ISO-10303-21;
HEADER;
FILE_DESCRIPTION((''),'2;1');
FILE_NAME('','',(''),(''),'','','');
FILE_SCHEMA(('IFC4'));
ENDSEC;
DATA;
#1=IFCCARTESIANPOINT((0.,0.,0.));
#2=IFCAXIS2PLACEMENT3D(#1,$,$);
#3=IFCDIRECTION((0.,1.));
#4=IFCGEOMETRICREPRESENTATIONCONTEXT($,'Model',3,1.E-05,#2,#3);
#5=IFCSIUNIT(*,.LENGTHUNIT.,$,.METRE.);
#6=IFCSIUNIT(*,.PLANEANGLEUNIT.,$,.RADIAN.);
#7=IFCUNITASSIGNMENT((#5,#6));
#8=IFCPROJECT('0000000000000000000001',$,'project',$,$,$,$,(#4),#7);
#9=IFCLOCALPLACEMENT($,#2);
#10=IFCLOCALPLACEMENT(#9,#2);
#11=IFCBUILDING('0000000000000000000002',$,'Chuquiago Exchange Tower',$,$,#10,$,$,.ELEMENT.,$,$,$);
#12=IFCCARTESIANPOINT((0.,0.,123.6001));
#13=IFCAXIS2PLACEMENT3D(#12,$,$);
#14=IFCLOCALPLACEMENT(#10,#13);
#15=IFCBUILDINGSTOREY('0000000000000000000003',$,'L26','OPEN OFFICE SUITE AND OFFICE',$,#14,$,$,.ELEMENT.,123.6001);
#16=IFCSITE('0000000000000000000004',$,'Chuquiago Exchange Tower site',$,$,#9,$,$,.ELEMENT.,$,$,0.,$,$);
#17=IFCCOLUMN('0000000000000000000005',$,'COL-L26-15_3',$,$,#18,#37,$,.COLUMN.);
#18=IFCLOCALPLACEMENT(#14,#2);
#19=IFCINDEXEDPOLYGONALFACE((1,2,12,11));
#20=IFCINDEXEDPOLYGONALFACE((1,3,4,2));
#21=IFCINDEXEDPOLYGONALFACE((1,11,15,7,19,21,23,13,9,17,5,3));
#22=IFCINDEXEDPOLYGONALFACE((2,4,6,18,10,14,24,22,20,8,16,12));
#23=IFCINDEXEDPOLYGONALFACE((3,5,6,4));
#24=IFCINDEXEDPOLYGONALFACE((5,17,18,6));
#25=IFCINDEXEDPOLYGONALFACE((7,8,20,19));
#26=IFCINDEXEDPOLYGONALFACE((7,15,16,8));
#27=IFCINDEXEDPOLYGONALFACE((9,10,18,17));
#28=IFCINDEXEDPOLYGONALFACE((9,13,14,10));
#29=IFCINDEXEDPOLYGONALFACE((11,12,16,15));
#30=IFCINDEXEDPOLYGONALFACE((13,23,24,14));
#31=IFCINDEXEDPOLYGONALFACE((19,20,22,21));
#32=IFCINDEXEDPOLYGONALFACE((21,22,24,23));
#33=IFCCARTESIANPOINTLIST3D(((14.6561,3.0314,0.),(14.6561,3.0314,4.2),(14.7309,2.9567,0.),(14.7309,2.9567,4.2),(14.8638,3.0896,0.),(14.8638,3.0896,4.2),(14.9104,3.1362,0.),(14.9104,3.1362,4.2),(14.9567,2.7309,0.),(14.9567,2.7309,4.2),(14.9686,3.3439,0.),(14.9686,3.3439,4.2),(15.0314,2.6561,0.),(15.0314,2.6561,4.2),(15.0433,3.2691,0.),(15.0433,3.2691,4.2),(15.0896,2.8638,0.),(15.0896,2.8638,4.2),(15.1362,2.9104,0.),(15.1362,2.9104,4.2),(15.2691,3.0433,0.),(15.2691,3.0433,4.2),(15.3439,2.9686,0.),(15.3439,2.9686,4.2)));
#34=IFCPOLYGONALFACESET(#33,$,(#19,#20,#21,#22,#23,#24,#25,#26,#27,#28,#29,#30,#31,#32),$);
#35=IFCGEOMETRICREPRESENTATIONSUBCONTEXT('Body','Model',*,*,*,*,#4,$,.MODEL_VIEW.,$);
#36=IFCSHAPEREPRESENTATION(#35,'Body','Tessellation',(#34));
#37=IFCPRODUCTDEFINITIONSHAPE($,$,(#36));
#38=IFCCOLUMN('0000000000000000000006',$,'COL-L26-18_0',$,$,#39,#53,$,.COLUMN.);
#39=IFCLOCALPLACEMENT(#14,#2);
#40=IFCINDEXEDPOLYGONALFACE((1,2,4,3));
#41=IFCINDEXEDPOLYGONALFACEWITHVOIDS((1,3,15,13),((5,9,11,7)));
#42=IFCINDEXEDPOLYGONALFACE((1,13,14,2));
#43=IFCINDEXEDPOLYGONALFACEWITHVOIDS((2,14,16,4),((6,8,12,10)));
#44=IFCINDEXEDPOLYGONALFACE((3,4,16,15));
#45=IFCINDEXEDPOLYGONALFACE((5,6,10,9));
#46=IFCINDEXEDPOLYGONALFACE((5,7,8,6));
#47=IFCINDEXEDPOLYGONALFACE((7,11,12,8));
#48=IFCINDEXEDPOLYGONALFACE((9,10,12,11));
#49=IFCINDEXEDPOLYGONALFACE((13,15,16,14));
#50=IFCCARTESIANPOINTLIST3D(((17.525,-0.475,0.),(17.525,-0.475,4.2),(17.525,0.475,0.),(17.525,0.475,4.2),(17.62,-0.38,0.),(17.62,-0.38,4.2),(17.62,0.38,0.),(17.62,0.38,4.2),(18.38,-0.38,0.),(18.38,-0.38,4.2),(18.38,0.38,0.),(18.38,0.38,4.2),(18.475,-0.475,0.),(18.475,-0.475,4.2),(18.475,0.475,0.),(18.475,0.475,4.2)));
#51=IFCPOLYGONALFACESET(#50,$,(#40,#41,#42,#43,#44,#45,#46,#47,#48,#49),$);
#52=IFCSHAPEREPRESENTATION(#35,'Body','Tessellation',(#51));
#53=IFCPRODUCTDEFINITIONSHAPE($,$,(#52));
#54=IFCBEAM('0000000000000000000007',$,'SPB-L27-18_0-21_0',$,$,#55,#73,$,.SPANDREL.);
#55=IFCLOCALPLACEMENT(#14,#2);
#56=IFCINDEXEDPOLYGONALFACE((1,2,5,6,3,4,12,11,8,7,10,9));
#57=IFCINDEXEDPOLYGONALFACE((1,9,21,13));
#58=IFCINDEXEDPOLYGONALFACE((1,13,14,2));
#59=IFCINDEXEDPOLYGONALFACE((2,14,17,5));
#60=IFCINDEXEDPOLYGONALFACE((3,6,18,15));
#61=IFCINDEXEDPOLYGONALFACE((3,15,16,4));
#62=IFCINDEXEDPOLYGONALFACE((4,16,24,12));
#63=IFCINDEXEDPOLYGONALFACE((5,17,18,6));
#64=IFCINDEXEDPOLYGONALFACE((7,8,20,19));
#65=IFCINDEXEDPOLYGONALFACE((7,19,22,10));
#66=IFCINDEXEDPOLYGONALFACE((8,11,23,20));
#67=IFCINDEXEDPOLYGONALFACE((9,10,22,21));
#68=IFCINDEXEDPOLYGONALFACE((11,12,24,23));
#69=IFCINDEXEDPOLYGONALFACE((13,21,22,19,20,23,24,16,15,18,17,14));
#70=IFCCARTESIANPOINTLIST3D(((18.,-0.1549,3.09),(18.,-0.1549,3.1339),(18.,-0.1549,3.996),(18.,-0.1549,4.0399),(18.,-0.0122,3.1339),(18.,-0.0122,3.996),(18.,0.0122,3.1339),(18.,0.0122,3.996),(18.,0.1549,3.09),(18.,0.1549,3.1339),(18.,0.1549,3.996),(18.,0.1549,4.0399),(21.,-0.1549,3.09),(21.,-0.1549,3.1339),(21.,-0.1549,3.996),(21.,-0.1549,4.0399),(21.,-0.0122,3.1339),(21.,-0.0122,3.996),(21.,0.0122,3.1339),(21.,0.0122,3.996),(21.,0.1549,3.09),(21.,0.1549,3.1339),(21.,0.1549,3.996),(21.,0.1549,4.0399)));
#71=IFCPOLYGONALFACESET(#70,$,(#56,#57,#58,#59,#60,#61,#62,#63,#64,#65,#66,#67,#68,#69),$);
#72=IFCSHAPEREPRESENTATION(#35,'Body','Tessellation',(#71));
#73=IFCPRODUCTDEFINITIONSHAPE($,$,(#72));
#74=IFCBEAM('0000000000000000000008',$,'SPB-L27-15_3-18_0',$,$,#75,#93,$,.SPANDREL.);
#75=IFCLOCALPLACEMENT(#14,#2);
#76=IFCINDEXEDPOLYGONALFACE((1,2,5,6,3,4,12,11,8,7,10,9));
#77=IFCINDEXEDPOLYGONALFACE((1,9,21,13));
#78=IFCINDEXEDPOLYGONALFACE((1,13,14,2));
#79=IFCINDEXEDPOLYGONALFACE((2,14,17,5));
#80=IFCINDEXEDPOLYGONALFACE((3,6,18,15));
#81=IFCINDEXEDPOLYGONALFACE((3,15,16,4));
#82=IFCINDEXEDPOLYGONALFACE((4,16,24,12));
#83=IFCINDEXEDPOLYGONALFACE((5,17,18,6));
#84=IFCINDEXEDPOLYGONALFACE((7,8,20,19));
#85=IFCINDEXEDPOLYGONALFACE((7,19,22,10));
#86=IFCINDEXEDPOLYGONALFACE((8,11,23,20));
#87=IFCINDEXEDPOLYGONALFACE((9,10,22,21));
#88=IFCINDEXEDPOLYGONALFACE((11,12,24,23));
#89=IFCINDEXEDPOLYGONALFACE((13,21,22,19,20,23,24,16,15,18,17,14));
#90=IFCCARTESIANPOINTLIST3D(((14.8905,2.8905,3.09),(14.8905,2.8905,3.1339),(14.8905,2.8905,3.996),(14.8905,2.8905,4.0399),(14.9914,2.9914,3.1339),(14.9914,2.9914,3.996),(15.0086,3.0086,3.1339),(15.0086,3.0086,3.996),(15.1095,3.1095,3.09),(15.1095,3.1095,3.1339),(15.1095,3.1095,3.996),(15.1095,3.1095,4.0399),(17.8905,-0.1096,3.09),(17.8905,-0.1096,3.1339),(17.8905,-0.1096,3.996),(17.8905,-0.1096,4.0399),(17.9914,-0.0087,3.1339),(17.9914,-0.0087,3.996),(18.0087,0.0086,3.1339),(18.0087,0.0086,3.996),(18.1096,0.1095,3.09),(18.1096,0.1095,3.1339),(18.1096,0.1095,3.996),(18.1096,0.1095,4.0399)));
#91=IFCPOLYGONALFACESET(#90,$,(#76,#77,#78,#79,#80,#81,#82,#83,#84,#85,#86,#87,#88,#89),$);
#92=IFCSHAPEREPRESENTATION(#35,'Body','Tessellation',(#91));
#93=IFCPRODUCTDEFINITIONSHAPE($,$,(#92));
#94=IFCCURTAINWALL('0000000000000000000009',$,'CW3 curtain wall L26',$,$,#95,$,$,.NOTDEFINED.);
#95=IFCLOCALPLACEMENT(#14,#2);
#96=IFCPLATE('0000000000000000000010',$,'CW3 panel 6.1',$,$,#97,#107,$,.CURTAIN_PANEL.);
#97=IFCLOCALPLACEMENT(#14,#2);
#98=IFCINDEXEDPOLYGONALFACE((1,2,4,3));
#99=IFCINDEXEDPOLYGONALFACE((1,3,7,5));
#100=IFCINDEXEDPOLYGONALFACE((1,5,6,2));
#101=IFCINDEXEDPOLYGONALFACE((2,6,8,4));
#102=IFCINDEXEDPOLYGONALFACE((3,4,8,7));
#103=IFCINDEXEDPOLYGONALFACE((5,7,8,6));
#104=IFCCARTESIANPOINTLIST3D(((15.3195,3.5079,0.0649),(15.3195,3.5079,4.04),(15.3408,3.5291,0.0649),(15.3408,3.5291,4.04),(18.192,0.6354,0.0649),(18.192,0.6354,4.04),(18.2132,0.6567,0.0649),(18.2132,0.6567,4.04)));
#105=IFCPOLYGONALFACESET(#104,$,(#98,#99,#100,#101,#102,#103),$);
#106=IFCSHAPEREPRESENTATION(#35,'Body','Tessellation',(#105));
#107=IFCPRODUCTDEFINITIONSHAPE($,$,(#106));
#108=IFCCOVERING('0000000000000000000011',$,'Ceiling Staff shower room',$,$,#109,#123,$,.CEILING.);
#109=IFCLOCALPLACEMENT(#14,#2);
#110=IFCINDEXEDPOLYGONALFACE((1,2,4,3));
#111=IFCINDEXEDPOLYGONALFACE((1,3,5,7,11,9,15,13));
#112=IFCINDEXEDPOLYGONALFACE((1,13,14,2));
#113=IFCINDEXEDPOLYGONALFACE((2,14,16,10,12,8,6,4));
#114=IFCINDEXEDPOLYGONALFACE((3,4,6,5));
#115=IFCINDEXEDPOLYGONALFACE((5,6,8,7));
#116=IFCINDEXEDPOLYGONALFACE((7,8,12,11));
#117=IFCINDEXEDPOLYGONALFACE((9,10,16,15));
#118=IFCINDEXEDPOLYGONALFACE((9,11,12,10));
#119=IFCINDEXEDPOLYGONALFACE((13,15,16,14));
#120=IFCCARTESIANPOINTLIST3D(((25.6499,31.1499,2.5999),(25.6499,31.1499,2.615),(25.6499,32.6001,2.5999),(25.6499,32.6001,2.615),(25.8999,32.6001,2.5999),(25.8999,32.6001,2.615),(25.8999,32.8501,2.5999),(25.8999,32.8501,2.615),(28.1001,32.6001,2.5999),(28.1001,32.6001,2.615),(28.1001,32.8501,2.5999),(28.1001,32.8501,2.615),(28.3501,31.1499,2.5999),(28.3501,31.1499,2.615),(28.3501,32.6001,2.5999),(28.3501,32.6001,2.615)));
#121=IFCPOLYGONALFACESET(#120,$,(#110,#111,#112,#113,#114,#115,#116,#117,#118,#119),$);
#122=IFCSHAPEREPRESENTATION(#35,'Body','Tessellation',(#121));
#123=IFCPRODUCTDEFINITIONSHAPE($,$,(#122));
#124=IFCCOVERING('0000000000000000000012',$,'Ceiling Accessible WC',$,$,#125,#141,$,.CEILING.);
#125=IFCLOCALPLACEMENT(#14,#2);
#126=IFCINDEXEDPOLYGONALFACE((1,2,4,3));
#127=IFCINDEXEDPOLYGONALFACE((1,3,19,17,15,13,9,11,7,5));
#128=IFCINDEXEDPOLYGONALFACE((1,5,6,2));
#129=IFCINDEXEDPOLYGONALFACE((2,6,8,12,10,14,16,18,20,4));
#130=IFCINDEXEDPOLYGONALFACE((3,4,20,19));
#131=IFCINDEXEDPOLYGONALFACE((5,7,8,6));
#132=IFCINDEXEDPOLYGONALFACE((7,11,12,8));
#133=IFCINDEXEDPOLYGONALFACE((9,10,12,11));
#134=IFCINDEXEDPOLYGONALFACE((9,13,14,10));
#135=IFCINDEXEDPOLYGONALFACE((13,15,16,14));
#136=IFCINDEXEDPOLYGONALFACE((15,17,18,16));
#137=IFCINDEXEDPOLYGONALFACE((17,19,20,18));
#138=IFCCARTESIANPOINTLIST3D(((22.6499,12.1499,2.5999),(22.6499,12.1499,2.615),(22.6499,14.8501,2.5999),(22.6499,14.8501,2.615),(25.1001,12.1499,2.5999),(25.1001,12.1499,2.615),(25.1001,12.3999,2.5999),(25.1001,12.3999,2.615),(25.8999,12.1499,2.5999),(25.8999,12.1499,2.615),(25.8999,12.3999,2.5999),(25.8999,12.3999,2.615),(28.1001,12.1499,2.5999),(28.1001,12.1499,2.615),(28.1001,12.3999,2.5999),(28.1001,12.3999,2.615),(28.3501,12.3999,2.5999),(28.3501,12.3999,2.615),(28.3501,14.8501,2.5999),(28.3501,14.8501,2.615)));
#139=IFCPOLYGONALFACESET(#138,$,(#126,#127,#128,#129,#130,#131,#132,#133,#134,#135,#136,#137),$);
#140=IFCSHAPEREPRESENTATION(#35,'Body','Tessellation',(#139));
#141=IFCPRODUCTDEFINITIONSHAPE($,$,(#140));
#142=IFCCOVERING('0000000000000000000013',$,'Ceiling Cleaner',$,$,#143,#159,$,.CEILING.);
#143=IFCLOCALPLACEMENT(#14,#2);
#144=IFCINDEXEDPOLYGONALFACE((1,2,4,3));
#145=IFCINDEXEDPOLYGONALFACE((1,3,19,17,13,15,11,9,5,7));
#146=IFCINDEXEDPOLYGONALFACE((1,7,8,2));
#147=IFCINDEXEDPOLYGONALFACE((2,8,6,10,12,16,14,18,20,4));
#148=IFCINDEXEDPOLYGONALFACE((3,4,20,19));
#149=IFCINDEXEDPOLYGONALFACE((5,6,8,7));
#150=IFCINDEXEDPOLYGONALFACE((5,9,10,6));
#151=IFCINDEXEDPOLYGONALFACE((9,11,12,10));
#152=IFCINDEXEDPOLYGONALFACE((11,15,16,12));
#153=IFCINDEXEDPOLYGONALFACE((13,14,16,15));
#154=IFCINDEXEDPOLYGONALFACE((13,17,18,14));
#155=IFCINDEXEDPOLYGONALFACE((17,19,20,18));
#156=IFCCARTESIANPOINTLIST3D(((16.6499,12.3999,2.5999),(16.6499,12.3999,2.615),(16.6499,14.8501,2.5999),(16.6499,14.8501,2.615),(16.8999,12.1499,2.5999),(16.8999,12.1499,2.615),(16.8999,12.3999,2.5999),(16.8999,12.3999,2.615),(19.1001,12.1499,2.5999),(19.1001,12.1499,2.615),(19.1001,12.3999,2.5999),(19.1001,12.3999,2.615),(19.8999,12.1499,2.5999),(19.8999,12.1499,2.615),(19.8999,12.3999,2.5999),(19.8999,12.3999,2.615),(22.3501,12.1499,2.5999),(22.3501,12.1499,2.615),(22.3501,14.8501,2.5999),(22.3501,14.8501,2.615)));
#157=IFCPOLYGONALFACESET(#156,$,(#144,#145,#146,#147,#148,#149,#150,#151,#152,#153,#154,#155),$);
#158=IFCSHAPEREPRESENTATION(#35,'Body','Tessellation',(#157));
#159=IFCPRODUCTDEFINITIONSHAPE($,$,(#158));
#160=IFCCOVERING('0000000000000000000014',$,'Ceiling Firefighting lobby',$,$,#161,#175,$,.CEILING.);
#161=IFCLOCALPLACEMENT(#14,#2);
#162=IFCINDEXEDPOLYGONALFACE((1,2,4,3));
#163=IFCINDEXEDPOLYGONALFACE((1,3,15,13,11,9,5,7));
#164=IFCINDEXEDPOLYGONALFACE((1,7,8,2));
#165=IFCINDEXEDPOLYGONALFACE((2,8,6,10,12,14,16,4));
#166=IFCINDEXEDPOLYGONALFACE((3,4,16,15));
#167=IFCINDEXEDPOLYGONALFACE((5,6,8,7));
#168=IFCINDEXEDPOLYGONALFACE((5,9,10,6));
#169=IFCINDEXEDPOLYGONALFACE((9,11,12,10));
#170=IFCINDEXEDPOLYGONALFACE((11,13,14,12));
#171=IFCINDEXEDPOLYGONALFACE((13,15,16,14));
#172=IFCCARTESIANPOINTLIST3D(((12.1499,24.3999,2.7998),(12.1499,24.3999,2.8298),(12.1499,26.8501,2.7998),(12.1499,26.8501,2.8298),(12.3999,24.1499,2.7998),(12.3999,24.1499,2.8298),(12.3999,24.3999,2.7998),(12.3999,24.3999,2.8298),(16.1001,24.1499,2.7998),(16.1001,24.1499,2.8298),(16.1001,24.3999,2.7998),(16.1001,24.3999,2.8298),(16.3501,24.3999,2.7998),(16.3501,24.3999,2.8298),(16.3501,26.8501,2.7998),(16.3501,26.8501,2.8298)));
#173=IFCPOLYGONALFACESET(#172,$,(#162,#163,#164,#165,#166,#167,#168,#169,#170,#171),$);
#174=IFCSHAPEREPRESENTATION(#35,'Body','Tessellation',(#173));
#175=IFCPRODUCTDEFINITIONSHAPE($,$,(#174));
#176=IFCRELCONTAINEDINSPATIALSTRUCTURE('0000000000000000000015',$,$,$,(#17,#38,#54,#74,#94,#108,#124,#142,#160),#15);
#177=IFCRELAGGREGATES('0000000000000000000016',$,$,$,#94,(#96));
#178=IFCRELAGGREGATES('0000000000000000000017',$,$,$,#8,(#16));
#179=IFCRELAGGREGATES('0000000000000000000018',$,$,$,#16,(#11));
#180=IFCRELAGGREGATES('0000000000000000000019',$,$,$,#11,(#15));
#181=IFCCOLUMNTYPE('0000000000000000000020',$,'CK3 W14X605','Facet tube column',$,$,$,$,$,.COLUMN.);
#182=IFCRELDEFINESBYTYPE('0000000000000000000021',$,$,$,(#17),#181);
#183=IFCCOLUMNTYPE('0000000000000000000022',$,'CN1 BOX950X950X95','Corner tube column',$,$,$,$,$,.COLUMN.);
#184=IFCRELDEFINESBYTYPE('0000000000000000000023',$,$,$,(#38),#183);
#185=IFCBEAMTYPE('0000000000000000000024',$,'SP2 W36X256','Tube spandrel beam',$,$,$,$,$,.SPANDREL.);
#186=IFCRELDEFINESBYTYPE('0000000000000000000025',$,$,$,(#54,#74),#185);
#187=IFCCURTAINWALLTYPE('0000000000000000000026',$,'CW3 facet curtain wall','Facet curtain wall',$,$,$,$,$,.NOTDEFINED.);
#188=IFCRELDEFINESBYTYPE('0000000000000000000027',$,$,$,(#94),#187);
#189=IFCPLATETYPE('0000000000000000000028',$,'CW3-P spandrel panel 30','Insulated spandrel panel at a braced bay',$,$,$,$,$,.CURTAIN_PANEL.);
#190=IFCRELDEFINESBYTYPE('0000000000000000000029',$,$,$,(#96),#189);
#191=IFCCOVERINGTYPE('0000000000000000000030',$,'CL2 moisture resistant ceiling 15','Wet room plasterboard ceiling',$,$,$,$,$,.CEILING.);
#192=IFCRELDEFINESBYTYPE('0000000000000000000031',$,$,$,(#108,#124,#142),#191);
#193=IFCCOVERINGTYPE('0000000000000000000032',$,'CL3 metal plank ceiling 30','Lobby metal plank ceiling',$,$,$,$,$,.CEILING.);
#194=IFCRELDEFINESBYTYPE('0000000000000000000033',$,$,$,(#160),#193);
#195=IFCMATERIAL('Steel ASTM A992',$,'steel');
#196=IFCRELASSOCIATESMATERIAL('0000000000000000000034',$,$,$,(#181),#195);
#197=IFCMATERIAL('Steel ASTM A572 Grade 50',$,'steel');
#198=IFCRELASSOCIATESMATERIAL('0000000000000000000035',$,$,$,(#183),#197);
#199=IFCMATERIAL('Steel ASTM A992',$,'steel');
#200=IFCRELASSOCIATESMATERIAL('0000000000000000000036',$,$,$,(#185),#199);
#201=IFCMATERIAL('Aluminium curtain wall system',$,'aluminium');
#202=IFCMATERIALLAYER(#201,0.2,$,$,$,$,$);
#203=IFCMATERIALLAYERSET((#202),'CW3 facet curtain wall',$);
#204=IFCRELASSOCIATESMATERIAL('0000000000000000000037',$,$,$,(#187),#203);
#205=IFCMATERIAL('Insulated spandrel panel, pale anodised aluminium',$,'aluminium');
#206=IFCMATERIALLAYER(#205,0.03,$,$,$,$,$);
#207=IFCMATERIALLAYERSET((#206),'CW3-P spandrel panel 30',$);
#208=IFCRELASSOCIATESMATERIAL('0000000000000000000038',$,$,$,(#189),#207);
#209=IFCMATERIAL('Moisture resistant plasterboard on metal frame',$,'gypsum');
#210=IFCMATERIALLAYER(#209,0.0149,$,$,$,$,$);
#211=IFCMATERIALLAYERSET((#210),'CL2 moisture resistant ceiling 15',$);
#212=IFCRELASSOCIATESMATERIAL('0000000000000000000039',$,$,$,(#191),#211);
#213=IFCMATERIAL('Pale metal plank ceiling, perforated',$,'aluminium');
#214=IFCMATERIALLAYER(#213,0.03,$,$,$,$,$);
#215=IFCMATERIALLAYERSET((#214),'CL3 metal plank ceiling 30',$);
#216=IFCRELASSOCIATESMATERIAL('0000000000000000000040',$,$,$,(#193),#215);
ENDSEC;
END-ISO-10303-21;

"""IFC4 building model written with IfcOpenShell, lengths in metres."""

from ifc_helpers import new_model, si_unit, direction, frame, origin, origin_2d, place, context, subcontext, project, spatial, polyline, rectangle, hollow_rectangle, i_section, outline, extrude, material, layer, layer_set, material_profile, profile_set, type_object, element, aggregate, save


model = new_model("IFC4")

# Units and contexts
model_context = context("Model", 3, precision=1e-05, world=origin(), true_north=direction((0.0, 1.0)))
body_context = subcontext(model_context, "Body", "Model", "MODEL_VIEW")
ifc_project = project(units=[si_unit("LENGTHUNIT", "METRE"), si_unit("PLANEANGLEUNIT", "RADIAN")], contexts=[model_context])

# Site, building, storey
site_placement = place(None, origin())
site = spatial("IfcSite", under=ifc_project, at=site_placement, Name="Chuquiago Exchange Tower site", CompositionType="ELEMENT", RefElevation=0.0)
building_placement = place(site_placement, origin())
building = spatial("IfcBuilding", under=site, at=building_placement, Name="Chuquiago Exchange Tower", CompositionType="ELEMENT")
storey_placement = place(building_placement, frame((0.0, 0.0, 123.6001)))
storey = spatial("IfcBuildingStorey", under=building, at=storey_placement, Name="L26", Description="OPEN OFFICE SUITE AND OFFICE", CompositionType="ELEMENT", Elevation=123.6001)

# Columns
ifc_material_1 = material(Name="Steel ASTM A992", Category="steel")
ifc_material_profile_1 = material_profile(ifc_material_1, i_section(OverallWidth=0.4419, OverallDepth=0.5308, WebThickness=0.0659, FlangeThickness=0.1057, at=origin_2d()), Name="W14X605")
ifc_profile_set_1 = profile_set([ifc_material_profile_1], Name="Steel ASTM A992")
column_type_1 = type_object("IfcColumnType", Name="CK3 W14X605", Description="Facet tube column", PredefinedType="COLUMN", material=ifc_profile_set_1)
column_1_placement = place(storey_placement, frame((15.0, 3.0, 0.0), z_axis=(0.0, 0.0, 1.0), x_axis=(-0.707107, -0.707107, 0.0)))
element("IfcColumn", 1, at=column_1_placement, inside=storey, type_object=column_type_1, Name="COL-L26-15_3", PredefinedType="COLUMN", context=body_context, shape_type="SweptSolid", body=[
    extrude(i_section(OverallWidth=0.4419, OverallDepth=0.5308, WebThickness=0.0659, FlangeThickness=0.1057, at=origin_2d()), origin(), (0.0, 0.0, 1.0), 4.2),
])
ifc_material_2 = material(Name="Steel ASTM A572 Grade 50", Category="steel")
ifc_material_profile_2 = material_profile(ifc_material_2, hollow_rectangle(XDim=0.95, YDim=0.95, WallThickness=0.095, at=origin_2d()), Name="BOX950X950X95")
ifc_profile_set_2 = profile_set([ifc_material_profile_2], Name="Steel ASTM A572 Grade 50")
column_type_2 = type_object("IfcColumnType", Name="CN1 BOX950X950X95", Description="Corner tube column", PredefinedType="COLUMN", material=ifc_profile_set_2)
column_2_placement = place(storey_placement, frame((18.0, 0.0, 0.0), z_axis=(0.0, 0.0, 1.0), x_axis=(0.0, -1.0, 0.0)))
element("IfcColumn", 2, at=column_2_placement, inside=storey, type_object=column_type_2, Name="COL-L26-18_0", PredefinedType="COLUMN", context=body_context, shape_type="SweptSolid", body=[
    extrude(hollow_rectangle(XDim=0.95, YDim=0.95, WallThickness=0.095, at=origin_2d()), origin(), (0.0, 0.0, 1.0), 4.2),
])

# Beams
ifc_material_3 = material(Name="Steel ASTM A992", Category="steel")
ifc_material_profile_3 = material_profile(ifc_material_3, i_section(OverallWidth=0.3098, OverallDepth=0.95, WebThickness=0.0244, FlangeThickness=0.0439, at=origin_2d()), Name="W36X256")
ifc_profile_set_3 = profile_set([ifc_material_profile_3], Name="Steel ASTM A992")
beam_type = type_object("IfcBeamType", Name="SP2 W36X256", Description="Tube spandrel beam", PredefinedType="SPANDREL", material=ifc_profile_set_3)
beam_1_placement = place(storey_placement, frame((18.0, 0.0, 3.5649), z_axis=(1.0, 0.0, 0.0), x_axis=(0.0, 1.0, 0.0)))
element("IfcBeam", 3, at=beam_1_placement, inside=storey, type_object=beam_type, Name="SPB-L27-18_0-21_0", PredefinedType="SPANDREL", context=body_context, shape_type="SweptSolid", body=[
    extrude(i_section(OverallWidth=0.3098, OverallDepth=0.95, WebThickness=0.0244, FlangeThickness=0.0439, at=origin_2d()), origin(), (0.0, 0.0, 1.0), 3.0),
])
beam_2_placement = place(storey_placement, frame((15.0, 3.0, 3.5649), z_axis=(0.707107, -0.707107, 0.0), x_axis=(0.707107, 0.707107, 0.0)))
element("IfcBeam", 4, at=beam_2_placement, inside=storey, type_object=beam_type, Name="SPB-L27-15_3-18_0", PredefinedType="SPANDREL", context=body_context, shape_type="SweptSolid", body=[
    extrude(i_section(OverallWidth=0.3098, OverallDepth=0.95, WebThickness=0.0244, FlangeThickness=0.0439, at=origin_2d()), origin(), (0.0, 0.0, 1.0), 4.2427),
])

# Curtain wall, plate
ifc_material_4 = material(Name="Aluminium curtain wall system", Category="aluminium")
ifc_layer_1 = layer(ifc_material_4, 0.2)
ifc_layer_set_1 = layer_set([ifc_layer_1], Name="CW3 facet curtain wall")
curtain_wall_type = type_object("IfcCurtainWallType", Name="CW3 facet curtain wall", Description="Facet curtain wall", PredefinedType="NOTDEFINED", material=ifc_layer_set_1)
curtain_wall_placement = place(storey_placement, origin())
curtain_wall = element("IfcCurtainWall", 5, at=curtain_wall_placement, inside=storey, type_object=curtain_wall_type, Name="CW3 curtain wall L26", PredefinedType="NOTDEFINED")
ifc_material_5 = material(Name="Insulated spandrel panel, pale anodised aluminium", Category="aluminium")
ifc_layer_2 = layer(ifc_material_5, 0.03)
ifc_layer_set_2 = layer_set([ifc_layer_2], Name="CW3-P spandrel panel 30")
plate_type = type_object("IfcPlateType", Name="CW3-P spandrel panel 30", Description="Insulated spandrel panel at a braced bay", PredefinedType="CURTAIN_PANEL", material=ifc_layer_set_2)
plate_placement = place(storey_placement, frame((16.7664, 2.0823, 0.0649), z_axis=(0.0, 0.0, 1.0), x_axis=(0.707107, -0.707107, 0.0)))
plate = element("IfcPlate", 6, at=plate_placement, type_object=plate_type, Name="CW3 panel 6.1", PredefinedType="CURTAIN_PANEL", context=body_context, shape_type="SweptSolid", body=[
    extrude(rectangle(XDim=4.0623, YDim=0.03, at=origin_2d()), origin(), (0.0, 0.0, 1.0), 3.9751),
])
aggregate(curtain_wall, [plate])

# Coverings
ifc_material_6 = material(Name="Moisture resistant plasterboard on metal frame", Category="gypsum")
ifc_layer_3 = layer(ifc_material_6, 0.0149)
ifc_layer_set_3 = layer_set([ifc_layer_3], Name="CL2 moisture resistant ceiling 15")
covering_type_1 = type_object("IfcCoveringType", Name="CL2 moisture resistant ceiling 15", Description="Wet room plasterboard ceiling", PredefinedType="CEILING", material=ifc_layer_set_3)
covering_1_placement = place(storey_placement, frame((0.0, 0.0, 2.5999)))
element("IfcCovering", 7, at=covering_1_placement, inside=storey, type_object=covering_type_1, Name="Ceiling Staff shower room", PredefinedType="CEILING", context=body_context, shape_type="SweptSolid", body=[
    extrude(outline(polyline([(25.6499, 31.1499), (25.6499, 32.6001), (25.8999, 32.6001), (25.8999, 32.8501), (28.1001, 32.8501), (28.1001, 32.6001), (28.3501, 32.6001), (28.3501, 31.1499), (25.6499, 31.1499)])), origin(), (0.0, 0.0, 1.0), 0.0151),
])
covering_2_placement = place(storey_placement, frame((0.0, 0.0, 2.5999)))
element("IfcCovering", 8, at=covering_2_placement, inside=storey, type_object=covering_type_1, Name="Ceiling Accessible WC", PredefinedType="CEILING", context=body_context, shape_type="SweptSolid", body=[
    extrude(outline(polyline([(25.8999, 12.1499), (25.8999, 12.3999), (25.1001, 12.3999), (25.1001, 12.1499), (22.6499, 12.1499), (22.6499, 14.8501), (28.3501, 14.8501), (28.3501, 12.3999), (28.1001, 12.3999), (28.1001, 12.1499), (25.8999, 12.1499)])), origin(), (0.0, 0.0, 1.0), 0.0151),
])
covering_3_placement = place(storey_placement, frame((0.0, 0.0, 2.5999)))
element("IfcCovering", 9, at=covering_3_placement, inside=storey, type_object=covering_type_1, Name="Ceiling Cleaner", PredefinedType="CEILING", context=body_context, shape_type="SweptSolid", body=[
    extrude(outline(polyline([(19.8999, 12.1499), (19.8999, 12.3999), (19.1001, 12.3999), (19.1001, 12.1499), (16.8999, 12.1499), (16.8999, 12.3999), (16.6499, 12.3999), (16.6499, 14.8501), (22.3501, 14.8501), (22.3501, 12.1499), (19.8999, 12.1499)])), origin(), (0.0, 0.0, 1.0), 0.0151),
])
ifc_material_7 = material(Name="Pale metal plank ceiling, perforated", Category="aluminium")
ifc_layer_4 = layer(ifc_material_7, 0.03)
ifc_layer_set_4 = layer_set([ifc_layer_4], Name="CL3 metal plank ceiling 30")
covering_type_2 = type_object("IfcCoveringType", Name="CL3 metal plank ceiling 30", Description="Lobby metal plank ceiling", PredefinedType="CEILING", material=ifc_layer_set_4)
covering_4_placement = place(storey_placement, frame((0.0, 0.0, 2.7998)))
element("IfcCovering", 10, at=covering_4_placement, inside=storey, type_object=covering_type_2, Name="Ceiling Firefighting lobby", PredefinedType="CEILING", context=body_context, shape_type="SweptSolid", body=[
    extrude(outline(polyline([(12.3999, 24.1499), (12.3999, 24.3999), (12.1499, 24.3999), (12.1499, 26.8501), (16.3501, 26.8501), (16.3501, 24.3999), (16.1001, 24.3999), (16.1001, 24.1499), (12.3999, 24.1499)])), origin(), (0.0, 0.0, 1.0), 0.03),
])

save(model, "model.ifc")
